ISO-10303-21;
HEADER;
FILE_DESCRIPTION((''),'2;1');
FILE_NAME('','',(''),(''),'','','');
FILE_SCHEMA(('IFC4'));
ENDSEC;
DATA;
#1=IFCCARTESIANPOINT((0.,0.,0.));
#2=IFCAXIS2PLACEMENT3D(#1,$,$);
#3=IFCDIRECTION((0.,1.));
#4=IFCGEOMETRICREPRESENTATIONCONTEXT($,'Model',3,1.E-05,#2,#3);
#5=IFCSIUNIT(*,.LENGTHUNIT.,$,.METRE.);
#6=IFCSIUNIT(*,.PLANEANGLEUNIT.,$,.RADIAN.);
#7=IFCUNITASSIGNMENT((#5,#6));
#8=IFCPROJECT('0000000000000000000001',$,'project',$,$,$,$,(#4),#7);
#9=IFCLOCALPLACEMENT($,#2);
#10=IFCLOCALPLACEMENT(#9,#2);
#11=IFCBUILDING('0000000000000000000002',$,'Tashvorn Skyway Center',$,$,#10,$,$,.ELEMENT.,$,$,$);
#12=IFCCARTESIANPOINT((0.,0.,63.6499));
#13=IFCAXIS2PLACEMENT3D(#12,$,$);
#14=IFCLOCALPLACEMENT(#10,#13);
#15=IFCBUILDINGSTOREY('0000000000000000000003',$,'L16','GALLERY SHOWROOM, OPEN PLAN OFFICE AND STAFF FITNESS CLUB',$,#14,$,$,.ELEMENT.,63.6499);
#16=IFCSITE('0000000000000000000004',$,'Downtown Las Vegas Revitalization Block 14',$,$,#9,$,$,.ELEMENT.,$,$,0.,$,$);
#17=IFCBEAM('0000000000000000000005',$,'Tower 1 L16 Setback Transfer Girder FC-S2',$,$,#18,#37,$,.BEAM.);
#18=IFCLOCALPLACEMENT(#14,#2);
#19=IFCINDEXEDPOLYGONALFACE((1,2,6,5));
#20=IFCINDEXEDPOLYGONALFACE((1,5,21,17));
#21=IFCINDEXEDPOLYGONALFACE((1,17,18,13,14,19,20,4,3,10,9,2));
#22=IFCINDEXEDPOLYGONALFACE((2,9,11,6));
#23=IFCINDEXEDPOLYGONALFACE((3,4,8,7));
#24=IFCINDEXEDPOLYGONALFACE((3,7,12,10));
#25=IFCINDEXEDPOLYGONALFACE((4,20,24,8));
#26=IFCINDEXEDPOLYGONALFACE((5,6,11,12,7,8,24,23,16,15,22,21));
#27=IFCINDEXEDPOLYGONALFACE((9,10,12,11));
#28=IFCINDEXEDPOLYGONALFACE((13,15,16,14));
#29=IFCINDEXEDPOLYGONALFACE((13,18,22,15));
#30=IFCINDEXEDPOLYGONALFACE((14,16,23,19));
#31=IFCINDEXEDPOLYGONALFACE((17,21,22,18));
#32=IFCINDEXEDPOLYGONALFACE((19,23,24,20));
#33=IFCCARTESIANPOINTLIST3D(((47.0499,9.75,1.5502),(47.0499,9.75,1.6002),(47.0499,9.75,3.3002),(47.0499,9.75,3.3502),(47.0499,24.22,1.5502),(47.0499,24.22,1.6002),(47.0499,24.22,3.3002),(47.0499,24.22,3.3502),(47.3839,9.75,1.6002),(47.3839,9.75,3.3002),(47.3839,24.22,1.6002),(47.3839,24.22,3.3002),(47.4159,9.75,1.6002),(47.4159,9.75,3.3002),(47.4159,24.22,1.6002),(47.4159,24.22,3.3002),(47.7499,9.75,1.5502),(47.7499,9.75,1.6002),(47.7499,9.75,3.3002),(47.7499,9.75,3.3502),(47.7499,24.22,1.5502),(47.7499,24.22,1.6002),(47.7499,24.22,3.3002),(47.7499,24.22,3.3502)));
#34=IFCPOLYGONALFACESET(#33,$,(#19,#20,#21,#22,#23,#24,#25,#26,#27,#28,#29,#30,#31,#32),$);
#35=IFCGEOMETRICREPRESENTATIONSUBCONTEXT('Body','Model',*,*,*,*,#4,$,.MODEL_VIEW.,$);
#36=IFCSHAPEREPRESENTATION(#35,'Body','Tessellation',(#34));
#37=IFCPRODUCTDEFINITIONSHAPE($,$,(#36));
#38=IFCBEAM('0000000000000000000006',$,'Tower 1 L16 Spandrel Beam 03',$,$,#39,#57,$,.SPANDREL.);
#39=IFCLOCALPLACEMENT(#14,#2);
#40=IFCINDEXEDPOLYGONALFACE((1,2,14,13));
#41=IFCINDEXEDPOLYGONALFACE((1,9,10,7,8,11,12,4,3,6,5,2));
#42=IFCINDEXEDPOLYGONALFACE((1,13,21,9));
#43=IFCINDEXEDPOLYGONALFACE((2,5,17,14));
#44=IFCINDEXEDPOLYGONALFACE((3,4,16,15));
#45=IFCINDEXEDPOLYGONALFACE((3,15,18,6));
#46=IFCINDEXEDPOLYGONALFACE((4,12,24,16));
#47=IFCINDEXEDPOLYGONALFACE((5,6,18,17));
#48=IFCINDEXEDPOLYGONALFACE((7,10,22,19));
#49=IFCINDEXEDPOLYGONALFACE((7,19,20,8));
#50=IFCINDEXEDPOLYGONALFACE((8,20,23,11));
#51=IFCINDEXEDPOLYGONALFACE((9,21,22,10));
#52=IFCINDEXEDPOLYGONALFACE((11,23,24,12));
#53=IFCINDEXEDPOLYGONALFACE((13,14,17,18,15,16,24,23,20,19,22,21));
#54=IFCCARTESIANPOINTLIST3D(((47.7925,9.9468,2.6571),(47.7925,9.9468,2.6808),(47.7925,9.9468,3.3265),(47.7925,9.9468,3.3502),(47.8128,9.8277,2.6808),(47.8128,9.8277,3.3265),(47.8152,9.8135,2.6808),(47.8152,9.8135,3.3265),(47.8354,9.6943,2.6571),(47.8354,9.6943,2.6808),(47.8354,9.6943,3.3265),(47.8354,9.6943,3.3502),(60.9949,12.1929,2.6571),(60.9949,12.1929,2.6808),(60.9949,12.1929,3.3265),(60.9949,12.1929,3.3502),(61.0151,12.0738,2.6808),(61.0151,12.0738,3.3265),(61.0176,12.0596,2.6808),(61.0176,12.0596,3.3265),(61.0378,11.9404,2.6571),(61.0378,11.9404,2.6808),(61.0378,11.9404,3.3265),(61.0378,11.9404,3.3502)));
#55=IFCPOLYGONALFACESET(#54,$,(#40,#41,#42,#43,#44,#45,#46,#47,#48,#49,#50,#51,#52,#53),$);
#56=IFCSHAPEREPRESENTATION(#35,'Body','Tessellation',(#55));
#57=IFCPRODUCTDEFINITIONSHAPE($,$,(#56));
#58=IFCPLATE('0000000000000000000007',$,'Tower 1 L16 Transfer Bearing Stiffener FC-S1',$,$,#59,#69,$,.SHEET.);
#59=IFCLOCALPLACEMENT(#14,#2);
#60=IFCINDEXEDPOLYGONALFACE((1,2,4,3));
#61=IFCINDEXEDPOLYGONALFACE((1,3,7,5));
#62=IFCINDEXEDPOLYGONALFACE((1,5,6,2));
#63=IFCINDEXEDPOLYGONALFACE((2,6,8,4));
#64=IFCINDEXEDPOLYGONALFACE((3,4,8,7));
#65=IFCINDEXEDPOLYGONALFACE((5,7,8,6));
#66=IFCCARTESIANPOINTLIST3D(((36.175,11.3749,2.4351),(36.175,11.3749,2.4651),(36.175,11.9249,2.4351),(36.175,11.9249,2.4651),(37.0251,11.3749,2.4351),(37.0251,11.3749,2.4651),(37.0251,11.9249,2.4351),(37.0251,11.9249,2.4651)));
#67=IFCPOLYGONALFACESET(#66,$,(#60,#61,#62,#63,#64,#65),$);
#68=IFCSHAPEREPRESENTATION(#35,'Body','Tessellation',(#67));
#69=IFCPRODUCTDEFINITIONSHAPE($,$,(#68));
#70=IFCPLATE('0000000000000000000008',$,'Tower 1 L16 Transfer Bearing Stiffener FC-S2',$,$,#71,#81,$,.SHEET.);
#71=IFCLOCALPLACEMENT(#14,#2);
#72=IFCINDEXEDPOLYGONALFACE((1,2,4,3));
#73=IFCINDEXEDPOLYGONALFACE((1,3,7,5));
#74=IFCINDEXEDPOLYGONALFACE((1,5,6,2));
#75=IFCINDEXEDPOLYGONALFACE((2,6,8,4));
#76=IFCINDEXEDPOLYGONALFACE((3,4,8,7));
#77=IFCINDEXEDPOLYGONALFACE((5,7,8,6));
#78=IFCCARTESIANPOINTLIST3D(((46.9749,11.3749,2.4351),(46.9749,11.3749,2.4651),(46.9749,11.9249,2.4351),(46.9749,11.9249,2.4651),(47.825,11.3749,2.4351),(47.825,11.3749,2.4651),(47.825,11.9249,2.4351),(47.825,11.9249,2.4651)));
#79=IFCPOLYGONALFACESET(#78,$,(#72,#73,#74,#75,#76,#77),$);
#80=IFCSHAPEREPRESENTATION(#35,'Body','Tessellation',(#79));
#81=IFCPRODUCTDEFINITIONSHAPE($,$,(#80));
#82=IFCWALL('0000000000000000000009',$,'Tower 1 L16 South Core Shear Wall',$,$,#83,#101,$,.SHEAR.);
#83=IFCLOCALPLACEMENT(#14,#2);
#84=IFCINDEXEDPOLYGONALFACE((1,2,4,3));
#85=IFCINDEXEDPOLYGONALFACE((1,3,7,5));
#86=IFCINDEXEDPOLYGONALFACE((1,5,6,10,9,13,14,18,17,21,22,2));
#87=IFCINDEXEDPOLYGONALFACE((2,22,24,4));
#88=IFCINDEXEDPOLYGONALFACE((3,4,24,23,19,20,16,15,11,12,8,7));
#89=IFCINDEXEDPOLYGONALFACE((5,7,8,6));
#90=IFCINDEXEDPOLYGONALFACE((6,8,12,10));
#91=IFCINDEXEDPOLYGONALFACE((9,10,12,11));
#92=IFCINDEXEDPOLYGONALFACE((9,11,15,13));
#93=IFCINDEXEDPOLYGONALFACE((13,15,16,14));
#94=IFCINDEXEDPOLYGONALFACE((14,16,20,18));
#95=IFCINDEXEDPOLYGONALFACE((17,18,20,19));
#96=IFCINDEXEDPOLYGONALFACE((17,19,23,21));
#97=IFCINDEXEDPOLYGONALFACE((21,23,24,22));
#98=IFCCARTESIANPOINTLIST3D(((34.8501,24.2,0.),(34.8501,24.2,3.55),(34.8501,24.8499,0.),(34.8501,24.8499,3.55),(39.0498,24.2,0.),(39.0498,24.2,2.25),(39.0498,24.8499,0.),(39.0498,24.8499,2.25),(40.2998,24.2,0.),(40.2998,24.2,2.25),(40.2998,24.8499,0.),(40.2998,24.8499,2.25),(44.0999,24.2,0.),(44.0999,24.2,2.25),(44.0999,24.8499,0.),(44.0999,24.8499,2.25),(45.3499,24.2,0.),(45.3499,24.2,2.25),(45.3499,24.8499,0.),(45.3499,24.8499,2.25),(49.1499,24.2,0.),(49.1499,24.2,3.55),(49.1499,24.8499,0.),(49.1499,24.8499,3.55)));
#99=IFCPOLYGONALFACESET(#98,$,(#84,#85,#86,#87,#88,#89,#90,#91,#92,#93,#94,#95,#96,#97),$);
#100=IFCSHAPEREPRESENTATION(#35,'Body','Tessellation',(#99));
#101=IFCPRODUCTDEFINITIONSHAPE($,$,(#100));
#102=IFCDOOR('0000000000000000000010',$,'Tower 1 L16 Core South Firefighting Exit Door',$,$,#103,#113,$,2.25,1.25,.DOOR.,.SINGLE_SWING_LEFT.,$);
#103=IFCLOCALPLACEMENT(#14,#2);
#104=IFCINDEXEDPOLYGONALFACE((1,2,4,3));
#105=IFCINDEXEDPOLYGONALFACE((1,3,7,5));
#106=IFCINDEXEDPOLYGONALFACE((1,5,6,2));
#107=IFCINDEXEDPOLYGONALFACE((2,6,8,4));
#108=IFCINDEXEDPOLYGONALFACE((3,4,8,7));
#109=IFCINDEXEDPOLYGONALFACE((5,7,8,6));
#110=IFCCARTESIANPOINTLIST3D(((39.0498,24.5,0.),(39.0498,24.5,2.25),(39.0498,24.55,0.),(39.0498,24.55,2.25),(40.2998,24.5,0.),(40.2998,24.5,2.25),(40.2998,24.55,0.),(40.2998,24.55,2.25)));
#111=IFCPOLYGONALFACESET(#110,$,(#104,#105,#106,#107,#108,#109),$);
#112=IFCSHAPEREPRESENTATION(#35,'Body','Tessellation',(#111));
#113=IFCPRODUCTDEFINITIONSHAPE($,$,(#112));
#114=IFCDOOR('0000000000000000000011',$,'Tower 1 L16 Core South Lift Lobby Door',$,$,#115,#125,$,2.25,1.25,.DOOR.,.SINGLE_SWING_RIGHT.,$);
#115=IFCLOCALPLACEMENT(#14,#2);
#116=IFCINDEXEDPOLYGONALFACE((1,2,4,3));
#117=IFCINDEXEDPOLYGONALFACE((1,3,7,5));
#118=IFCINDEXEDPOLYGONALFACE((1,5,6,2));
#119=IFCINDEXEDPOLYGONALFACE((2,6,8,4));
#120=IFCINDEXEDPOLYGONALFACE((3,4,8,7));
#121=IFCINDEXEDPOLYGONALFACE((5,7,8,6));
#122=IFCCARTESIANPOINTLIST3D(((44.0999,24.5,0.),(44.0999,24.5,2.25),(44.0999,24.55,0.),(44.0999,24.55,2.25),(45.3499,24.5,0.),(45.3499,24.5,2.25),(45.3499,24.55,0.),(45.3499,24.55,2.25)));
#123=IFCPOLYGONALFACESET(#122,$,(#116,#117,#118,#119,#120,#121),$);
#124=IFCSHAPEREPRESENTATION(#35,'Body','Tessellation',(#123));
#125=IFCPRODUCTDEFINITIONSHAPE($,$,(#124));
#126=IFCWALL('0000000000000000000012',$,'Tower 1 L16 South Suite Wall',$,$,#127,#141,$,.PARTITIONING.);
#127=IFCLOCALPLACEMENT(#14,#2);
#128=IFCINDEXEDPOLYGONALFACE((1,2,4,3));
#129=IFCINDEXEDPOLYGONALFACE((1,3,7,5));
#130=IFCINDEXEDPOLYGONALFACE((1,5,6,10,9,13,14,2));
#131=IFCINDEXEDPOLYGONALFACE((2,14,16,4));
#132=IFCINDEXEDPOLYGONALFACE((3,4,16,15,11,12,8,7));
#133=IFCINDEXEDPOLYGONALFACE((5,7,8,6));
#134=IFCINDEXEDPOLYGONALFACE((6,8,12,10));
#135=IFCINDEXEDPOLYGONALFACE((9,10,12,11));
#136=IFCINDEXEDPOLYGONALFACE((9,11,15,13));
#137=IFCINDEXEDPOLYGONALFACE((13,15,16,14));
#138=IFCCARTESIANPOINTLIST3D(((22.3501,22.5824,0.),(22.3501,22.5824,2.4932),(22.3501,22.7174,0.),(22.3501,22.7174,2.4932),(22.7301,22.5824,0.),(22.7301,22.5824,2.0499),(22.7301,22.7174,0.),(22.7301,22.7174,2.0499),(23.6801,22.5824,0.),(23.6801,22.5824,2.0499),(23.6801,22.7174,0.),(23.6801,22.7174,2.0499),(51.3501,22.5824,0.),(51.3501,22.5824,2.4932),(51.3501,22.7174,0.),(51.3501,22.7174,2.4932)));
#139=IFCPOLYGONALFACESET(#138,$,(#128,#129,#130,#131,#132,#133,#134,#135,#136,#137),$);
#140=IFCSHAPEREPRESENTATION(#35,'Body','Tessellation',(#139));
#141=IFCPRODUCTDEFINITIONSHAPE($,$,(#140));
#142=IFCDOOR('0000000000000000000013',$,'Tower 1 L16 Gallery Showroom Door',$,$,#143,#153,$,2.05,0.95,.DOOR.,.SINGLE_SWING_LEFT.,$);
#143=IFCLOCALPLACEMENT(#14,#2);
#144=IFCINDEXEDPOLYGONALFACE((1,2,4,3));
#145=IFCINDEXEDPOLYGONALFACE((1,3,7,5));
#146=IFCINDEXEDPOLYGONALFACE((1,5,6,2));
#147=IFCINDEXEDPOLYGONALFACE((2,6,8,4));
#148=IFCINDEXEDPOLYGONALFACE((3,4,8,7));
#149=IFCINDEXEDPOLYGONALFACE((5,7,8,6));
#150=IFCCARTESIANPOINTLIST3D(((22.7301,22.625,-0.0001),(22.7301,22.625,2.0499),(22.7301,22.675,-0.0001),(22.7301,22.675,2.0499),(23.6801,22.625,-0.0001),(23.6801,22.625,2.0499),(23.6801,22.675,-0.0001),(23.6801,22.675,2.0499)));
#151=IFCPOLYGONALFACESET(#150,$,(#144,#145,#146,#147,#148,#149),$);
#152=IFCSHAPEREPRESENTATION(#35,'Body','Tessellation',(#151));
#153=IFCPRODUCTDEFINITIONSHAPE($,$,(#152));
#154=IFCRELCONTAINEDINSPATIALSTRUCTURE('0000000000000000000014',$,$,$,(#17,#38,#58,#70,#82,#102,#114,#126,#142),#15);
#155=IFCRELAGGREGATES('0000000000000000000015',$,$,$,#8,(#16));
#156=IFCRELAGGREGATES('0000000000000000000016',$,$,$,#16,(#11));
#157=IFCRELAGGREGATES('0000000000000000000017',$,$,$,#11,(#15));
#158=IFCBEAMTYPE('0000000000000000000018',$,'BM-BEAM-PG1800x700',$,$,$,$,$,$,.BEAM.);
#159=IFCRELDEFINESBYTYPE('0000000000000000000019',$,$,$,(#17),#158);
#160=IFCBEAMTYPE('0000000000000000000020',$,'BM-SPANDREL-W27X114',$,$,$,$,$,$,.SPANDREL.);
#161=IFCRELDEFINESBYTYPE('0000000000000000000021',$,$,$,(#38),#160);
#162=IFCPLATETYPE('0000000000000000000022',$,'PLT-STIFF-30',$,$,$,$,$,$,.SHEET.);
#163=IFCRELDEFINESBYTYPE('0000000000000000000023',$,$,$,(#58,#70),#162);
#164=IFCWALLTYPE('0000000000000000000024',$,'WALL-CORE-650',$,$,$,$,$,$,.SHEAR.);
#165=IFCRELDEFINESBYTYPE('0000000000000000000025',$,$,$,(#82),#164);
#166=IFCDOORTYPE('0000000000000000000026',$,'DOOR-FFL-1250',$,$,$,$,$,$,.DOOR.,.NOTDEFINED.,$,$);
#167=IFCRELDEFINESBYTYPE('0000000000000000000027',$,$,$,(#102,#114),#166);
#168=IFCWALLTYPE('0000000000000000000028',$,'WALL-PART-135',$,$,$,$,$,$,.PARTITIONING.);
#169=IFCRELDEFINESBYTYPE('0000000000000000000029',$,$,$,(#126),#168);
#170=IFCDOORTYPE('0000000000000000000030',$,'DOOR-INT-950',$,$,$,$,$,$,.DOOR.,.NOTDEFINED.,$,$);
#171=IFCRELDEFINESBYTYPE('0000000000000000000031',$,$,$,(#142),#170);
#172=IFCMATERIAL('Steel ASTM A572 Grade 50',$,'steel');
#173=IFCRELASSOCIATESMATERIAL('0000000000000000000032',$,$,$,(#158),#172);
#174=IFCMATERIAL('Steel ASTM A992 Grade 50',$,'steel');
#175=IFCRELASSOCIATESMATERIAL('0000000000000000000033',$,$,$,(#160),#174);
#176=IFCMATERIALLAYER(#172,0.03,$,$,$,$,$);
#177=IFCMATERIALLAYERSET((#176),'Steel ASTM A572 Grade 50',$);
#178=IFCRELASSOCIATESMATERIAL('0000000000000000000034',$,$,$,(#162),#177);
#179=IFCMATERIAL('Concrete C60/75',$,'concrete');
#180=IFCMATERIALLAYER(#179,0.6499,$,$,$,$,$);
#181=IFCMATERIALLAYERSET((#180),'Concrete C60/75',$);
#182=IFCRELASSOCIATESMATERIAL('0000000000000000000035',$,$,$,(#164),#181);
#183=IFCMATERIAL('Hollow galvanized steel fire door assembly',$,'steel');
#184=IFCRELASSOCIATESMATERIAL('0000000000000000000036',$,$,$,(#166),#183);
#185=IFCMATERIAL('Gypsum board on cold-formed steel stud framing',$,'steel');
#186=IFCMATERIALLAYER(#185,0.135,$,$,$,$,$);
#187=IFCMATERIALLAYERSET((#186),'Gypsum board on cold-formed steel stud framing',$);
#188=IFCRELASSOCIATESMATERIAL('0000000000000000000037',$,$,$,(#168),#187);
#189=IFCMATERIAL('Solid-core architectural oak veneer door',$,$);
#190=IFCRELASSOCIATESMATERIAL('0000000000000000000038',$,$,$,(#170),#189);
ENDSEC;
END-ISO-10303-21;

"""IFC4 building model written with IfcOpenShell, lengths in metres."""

from ifc_helpers import new_model, si_unit, direction, frame, frame_2d, origin, origin_2d, place, context, subcontext, project, spatial, rectangle, i_section, extrude, material, layer, layer_set, material_profile, profile_set, type_object, element, fill, save


model = new_model("IFC4")

# Units and contexts
model_context = context("Model", 3, precision=1e-05, world=origin(), true_north=direction((0.0, 1.0)))
body_context = subcontext(model_context, "Body", "Model", "MODEL_VIEW")
ifc_project = project(units=[si_unit("LENGTHUNIT", "METRE"), si_unit("PLANEANGLEUNIT", "RADIAN")], contexts=[model_context])

# Site, building, storey
site_placement = place(None, origin())
site = spatial("IfcSite", under=ifc_project, at=site_placement, Name="Downtown Las Vegas Revitalization Block 14", CompositionType="ELEMENT", RefElevation=0.0)
building_placement = place(site_placement, origin())
building = spatial("IfcBuilding", under=site, at=building_placement, Name="Tashvorn Skyway Center", CompositionType="ELEMENT")
storey_placement = place(building_placement, frame((0.0, 0.0, 63.6499)))
storey = spatial("IfcBuildingStorey", under=building, at=storey_placement, Name="L16", Description="GALLERY SHOWROOM, OPEN PLAN OFFICE AND STAFF FITNESS CLUB", CompositionType="ELEMENT", Elevation=63.6499)

# Beams
ifc_material_1 = material(Name="Steel ASTM A572 Grade 50", Category="steel")
ifc_material_profile_1 = material_profile(ifc_material_1, i_section(OverallWidth=0.7, OverallDepth=1.8, WebThickness=0.032, FlangeThickness=0.05, at=origin_2d()), Name="PG1800x700")
ifc_profile_set_1 = profile_set([ifc_material_profile_1], Name="Steel ASTM A572 Grade 50")
beam_type_1 = type_object("IfcBeamType", Name="BM-BEAM-PG1800x700", PredefinedType="BEAM", material=ifc_profile_set_1)
beam_1_placement = place(storey_placement, frame((47.3999, 9.75, 2.4502), z_axis=(0.0, 1.0, 0.0), x_axis=(-1.0, 0.0, 0.0)))
element("IfcBeam", 1, at=beam_1_placement, inside=storey, type_object=beam_type_1, Name="Tower 1 L16 Setback Transfer Girder FC-S2", PredefinedType="BEAM", context=body_context, shape_type="SweptSolid", body=[
    extrude(i_section(OverallWidth=0.7, OverallDepth=1.8, WebThickness=0.032, FlangeThickness=0.05, at=origin_2d()), origin(), (0.0, 0.0, 1.0), 14.47),
])
ifc_material_2 = material(Name="Steel ASTM A992 Grade 50", Category="steel")
ifc_material_profile_2 = material_profile(ifc_material_2, i_section(OverallWidth=0.2561, OverallDepth=0.6931, WebThickness=0.0144, FlangeThickness=0.0237, at=origin_2d()), Name="W27X114")
ifc_profile_set_2 = profile_set([ifc_material_profile_2], Name="Steel ASTM A992 Grade 50")
beam_type_2 = type_object("IfcBeamType", Name="BM-SPANDREL-W27X114", PredefinedType="SPANDREL", material=ifc_profile_set_2)
beam_2_placement = place(storey_placement, frame((47.814, 9.8206, 3.0037), z_axis=(0.985835, 0.167718, 0.0), x_axis=(-0.167718, 0.985835, 0.0)))
element("IfcBeam", 2, at=beam_2_placement, inside=storey, type_object=beam_type_2, Name="Tower 1 L16 Spandrel Beam 03", PredefinedType="SPANDREL", context=body_context, shape_type="SweptSolid", body=[
    extrude(i_section(OverallWidth=0.2561, OverallDepth=0.6931, WebThickness=0.0144, FlangeThickness=0.0237, at=origin_2d()), origin(), (0.0, 0.0, 1.0), 13.3921),
])

# Plates
ifc_layer_1 = layer(ifc_material_1, 0.03)
ifc_layer_set_1 = layer_set([ifc_layer_1], Name="Steel ASTM A572 Grade 50")
plate_type = type_object("IfcPlateType", Name="PLT-STIFF-30", PredefinedType="SHEET", material=ifc_layer_set_1)
for number, where, z_axis, x_axis, name in (
    (3, (36.6001, 11.6499, 2.4351), (0.0, 0.0, 1.0), (1.0, 0.0, 0.0), "Tower 1 L16 Transfer Bearing Stiffener FC-S1"),
    (4, (47.3999, 11.6499, 2.4351), (0.0, 0.0, 1.0), (1.0, 0.0, 0.0), "Tower 1 L16 Transfer Bearing Stiffener FC-S2"),
):
    element("IfcPlate", number, at=place(storey_placement, frame(where, z_axis=z_axis, x_axis=x_axis)), inside=storey, type_object=plate_type, Name=name, PredefinedType="SHEET", context=body_context, shape_type="SweptSolid", body=[
        extrude(rectangle(XDim=0.8501, YDim=0.55, at=origin_2d()), origin(), (0.0, 0.0, 1.0), 0.03),
    ])

# Wall, openings, doors
ifc_material_3 = material(Name="Concrete C60/75", Category="concrete")
ifc_layer_2 = layer(ifc_material_3, 0.6499)
ifc_layer_set_2 = layer_set([ifc_layer_2], Name="Concrete C60/75")
wall_type_1 = type_object("IfcWallType", Name="WALL-CORE-650", PredefinedType="SHEAR", material=ifc_layer_set_2)
wall_1_placement = place(storey_placement, frame((49.1499, 24.5249, 0.0), z_axis=(0.0, 0.0, 1.0), x_axis=(-1.0, 0.0, 0.0)))
wall_1 = element("IfcWall", 5, at=wall_1_placement, inside=storey, type_object=wall_type_1, Name="Tower 1 L16 South Core Shear Wall", PredefinedType="SHEAR", context=body_context, shape_type="SweptSolid", body=[
    extrude(rectangle(XDim=14.2998, YDim=0.6499, at=frame_2d((7.1499, 0.0))), origin(), (0.0, 0.0, 1.0), 3.55),
])
opening_1_placement = place(wall_1_placement, frame((8.8501, 0.0, 0.0)))
opening_1 = element("IfcOpeningElement", 6, at=opening_1_placement, cuts=wall_1, PredefinedType="OPENING", context=body_context, shape_type="SweptSolid", body=[
    extrude(rectangle(XDim=1.25, YDim=2.25, at=frame_2d((0.625, 1.125))), frame((0.0, 0.335, 0.0), z_axis=(0.0, -1.0, 0.0), x_axis=(1.0, 0.0, 0.0)), (0.0, 0.0, 1.0), 0.6699),
])
opening_2_placement = place(wall_1_placement, frame((3.8, 0.0, 0.0)))
opening_2 = element("IfcOpeningElement", 7, at=opening_2_placement, cuts=wall_1, PredefinedType="OPENING", context=body_context, shape_type="SweptSolid", body=[
    extrude(rectangle(XDim=1.25, YDim=2.25, at=frame_2d((0.625, 1.125))), frame((0.0, 0.335, 0.0), z_axis=(0.0, -1.0, 0.0), x_axis=(1.0, 0.0, 0.0)), (0.0, 0.0, 1.0), 0.6699),
])
ifc_material_4 = material(Name="Hollow galvanized steel fire door assembly", Category="steel")
door_type_1 = type_object("IfcDoorType", Name="DOOR-FFL-1250", OperationType="NOTDEFINED", PredefinedType="DOOR", material=ifc_material_4)
door_1_placement = place(opening_1_placement, origin())
door_1 = element("IfcDoor", 8, at=door_1_placement, inside=storey, type_object=door_type_1, Name="Tower 1 L16 Core South Firefighting Exit Door", OperationType="SINGLE_SWING_LEFT", OverallHeight=2.25, OverallWidth=1.25, PredefinedType="DOOR", context=body_context, shape_type="SweptSolid", body=[
    extrude(rectangle(XDim=1.25, YDim=2.25, at=frame_2d((0.625, 1.125))), frame((0.0, 0.0249, 0.0), z_axis=(0.0, -1.0, 0.0), x_axis=(1.0, 0.0, 0.0)), (0.0, 0.0, 1.0), 0.05),
])
fill(opening_1, door_1)
door_2_placement = place(opening_2_placement, origin())
door_2 = element("IfcDoor", 9, at=door_2_placement, inside=storey, type_object=door_type_1, Name="Tower 1 L16 Core South Lift Lobby Door", OperationType="SINGLE_SWING_RIGHT", OverallHeight=2.25, OverallWidth=1.25, PredefinedType="DOOR", context=body_context, shape_type="SweptSolid", body=[
    extrude(rectangle(XDim=1.25, YDim=2.25, at=frame_2d((0.625, 1.125))), frame((0.0, 0.0249, 0.0), z_axis=(0.0, -1.0, 0.0), x_axis=(1.0, 0.0, 0.0)), (0.0, 0.0, 1.0), 0.05),
])
fill(opening_2, door_2)

# Wall, opening, door
ifc_material_5 = material(Name="Gypsum board on cold-formed steel stud framing", Category="steel")
ifc_layer_3 = layer(ifc_material_5, 0.135)
ifc_layer_set_3 = layer_set([ifc_layer_3], Name="Gypsum board on cold-formed steel stud framing")
wall_type_2 = type_object("IfcWallType", Name="WALL-PART-135", PredefinedType="PARTITIONING", material=ifc_layer_set_3)
wall_2_placement = place(storey_placement, frame((51.3501, 22.6499, 0.0), z_axis=(0.0, 0.0, 1.0), x_axis=(-1.0, 0.0, 0.0)))
wall_2 = element("IfcWall", 10, at=wall_2_placement, inside=storey, type_object=wall_type_2, Name="Tower 1 L16 South Suite Wall", PredefinedType="PARTITIONING", context=body_context, shape_type="SweptSolid", body=[
    extrude(rectangle(XDim=29.0, YDim=0.135, at=frame_2d((14.5, 0.0))), origin(), (0.0, 0.0, 1.0), 2.4932),
])
opening_3_placement = place(wall_2_placement, frame((27.6699, 0.0, 0.0)))
opening_3 = element("IfcOpeningElement", 11, at=opening_3_placement, cuts=wall_2, PredefinedType="OPENING", context=body_context, shape_type="SweptSolid", body=[
    extrude(rectangle(XDim=0.95, YDim=2.05, at=frame_2d((0.4751, 1.0249))), frame((0.0, 0.0774, 0.0), z_axis=(0.0, -1.0, 0.0), x_axis=(1.0, 0.0, 0.0)), (0.0, 0.0, 1.0), 0.155),
])
ifc_material_6 = material(Name="Solid-core architectural oak veneer door")
door_type_2 = type_object("IfcDoorType", Name="DOOR-INT-950", OperationType="NOTDEFINED", PredefinedType="DOOR", material=ifc_material_6)
door_3_placement = place(opening_3_placement, origin())
door_3 = element("IfcDoor", 12, at=door_3_placement, inside=storey, type_object=door_type_2, Name="Tower 1 L16 Gallery Showroom Door", OperationType="SINGLE_SWING_LEFT", OverallHeight=2.05, OverallWidth=0.95, PredefinedType="DOOR", context=body_context, shape_type="SweptSolid", body=[
    extrude(rectangle(XDim=0.95, YDim=2.05, at=frame_2d((0.4751, 1.0249))), frame((0.0, 0.0249, 0.0), z_axis=(0.0, -1.0, 0.0), x_axis=(1.0, 0.0, 0.0)), (0.0, 0.0, 1.0), 0.05),
])
fill(opening_3, door_3)

save(model, "model.ifc")
